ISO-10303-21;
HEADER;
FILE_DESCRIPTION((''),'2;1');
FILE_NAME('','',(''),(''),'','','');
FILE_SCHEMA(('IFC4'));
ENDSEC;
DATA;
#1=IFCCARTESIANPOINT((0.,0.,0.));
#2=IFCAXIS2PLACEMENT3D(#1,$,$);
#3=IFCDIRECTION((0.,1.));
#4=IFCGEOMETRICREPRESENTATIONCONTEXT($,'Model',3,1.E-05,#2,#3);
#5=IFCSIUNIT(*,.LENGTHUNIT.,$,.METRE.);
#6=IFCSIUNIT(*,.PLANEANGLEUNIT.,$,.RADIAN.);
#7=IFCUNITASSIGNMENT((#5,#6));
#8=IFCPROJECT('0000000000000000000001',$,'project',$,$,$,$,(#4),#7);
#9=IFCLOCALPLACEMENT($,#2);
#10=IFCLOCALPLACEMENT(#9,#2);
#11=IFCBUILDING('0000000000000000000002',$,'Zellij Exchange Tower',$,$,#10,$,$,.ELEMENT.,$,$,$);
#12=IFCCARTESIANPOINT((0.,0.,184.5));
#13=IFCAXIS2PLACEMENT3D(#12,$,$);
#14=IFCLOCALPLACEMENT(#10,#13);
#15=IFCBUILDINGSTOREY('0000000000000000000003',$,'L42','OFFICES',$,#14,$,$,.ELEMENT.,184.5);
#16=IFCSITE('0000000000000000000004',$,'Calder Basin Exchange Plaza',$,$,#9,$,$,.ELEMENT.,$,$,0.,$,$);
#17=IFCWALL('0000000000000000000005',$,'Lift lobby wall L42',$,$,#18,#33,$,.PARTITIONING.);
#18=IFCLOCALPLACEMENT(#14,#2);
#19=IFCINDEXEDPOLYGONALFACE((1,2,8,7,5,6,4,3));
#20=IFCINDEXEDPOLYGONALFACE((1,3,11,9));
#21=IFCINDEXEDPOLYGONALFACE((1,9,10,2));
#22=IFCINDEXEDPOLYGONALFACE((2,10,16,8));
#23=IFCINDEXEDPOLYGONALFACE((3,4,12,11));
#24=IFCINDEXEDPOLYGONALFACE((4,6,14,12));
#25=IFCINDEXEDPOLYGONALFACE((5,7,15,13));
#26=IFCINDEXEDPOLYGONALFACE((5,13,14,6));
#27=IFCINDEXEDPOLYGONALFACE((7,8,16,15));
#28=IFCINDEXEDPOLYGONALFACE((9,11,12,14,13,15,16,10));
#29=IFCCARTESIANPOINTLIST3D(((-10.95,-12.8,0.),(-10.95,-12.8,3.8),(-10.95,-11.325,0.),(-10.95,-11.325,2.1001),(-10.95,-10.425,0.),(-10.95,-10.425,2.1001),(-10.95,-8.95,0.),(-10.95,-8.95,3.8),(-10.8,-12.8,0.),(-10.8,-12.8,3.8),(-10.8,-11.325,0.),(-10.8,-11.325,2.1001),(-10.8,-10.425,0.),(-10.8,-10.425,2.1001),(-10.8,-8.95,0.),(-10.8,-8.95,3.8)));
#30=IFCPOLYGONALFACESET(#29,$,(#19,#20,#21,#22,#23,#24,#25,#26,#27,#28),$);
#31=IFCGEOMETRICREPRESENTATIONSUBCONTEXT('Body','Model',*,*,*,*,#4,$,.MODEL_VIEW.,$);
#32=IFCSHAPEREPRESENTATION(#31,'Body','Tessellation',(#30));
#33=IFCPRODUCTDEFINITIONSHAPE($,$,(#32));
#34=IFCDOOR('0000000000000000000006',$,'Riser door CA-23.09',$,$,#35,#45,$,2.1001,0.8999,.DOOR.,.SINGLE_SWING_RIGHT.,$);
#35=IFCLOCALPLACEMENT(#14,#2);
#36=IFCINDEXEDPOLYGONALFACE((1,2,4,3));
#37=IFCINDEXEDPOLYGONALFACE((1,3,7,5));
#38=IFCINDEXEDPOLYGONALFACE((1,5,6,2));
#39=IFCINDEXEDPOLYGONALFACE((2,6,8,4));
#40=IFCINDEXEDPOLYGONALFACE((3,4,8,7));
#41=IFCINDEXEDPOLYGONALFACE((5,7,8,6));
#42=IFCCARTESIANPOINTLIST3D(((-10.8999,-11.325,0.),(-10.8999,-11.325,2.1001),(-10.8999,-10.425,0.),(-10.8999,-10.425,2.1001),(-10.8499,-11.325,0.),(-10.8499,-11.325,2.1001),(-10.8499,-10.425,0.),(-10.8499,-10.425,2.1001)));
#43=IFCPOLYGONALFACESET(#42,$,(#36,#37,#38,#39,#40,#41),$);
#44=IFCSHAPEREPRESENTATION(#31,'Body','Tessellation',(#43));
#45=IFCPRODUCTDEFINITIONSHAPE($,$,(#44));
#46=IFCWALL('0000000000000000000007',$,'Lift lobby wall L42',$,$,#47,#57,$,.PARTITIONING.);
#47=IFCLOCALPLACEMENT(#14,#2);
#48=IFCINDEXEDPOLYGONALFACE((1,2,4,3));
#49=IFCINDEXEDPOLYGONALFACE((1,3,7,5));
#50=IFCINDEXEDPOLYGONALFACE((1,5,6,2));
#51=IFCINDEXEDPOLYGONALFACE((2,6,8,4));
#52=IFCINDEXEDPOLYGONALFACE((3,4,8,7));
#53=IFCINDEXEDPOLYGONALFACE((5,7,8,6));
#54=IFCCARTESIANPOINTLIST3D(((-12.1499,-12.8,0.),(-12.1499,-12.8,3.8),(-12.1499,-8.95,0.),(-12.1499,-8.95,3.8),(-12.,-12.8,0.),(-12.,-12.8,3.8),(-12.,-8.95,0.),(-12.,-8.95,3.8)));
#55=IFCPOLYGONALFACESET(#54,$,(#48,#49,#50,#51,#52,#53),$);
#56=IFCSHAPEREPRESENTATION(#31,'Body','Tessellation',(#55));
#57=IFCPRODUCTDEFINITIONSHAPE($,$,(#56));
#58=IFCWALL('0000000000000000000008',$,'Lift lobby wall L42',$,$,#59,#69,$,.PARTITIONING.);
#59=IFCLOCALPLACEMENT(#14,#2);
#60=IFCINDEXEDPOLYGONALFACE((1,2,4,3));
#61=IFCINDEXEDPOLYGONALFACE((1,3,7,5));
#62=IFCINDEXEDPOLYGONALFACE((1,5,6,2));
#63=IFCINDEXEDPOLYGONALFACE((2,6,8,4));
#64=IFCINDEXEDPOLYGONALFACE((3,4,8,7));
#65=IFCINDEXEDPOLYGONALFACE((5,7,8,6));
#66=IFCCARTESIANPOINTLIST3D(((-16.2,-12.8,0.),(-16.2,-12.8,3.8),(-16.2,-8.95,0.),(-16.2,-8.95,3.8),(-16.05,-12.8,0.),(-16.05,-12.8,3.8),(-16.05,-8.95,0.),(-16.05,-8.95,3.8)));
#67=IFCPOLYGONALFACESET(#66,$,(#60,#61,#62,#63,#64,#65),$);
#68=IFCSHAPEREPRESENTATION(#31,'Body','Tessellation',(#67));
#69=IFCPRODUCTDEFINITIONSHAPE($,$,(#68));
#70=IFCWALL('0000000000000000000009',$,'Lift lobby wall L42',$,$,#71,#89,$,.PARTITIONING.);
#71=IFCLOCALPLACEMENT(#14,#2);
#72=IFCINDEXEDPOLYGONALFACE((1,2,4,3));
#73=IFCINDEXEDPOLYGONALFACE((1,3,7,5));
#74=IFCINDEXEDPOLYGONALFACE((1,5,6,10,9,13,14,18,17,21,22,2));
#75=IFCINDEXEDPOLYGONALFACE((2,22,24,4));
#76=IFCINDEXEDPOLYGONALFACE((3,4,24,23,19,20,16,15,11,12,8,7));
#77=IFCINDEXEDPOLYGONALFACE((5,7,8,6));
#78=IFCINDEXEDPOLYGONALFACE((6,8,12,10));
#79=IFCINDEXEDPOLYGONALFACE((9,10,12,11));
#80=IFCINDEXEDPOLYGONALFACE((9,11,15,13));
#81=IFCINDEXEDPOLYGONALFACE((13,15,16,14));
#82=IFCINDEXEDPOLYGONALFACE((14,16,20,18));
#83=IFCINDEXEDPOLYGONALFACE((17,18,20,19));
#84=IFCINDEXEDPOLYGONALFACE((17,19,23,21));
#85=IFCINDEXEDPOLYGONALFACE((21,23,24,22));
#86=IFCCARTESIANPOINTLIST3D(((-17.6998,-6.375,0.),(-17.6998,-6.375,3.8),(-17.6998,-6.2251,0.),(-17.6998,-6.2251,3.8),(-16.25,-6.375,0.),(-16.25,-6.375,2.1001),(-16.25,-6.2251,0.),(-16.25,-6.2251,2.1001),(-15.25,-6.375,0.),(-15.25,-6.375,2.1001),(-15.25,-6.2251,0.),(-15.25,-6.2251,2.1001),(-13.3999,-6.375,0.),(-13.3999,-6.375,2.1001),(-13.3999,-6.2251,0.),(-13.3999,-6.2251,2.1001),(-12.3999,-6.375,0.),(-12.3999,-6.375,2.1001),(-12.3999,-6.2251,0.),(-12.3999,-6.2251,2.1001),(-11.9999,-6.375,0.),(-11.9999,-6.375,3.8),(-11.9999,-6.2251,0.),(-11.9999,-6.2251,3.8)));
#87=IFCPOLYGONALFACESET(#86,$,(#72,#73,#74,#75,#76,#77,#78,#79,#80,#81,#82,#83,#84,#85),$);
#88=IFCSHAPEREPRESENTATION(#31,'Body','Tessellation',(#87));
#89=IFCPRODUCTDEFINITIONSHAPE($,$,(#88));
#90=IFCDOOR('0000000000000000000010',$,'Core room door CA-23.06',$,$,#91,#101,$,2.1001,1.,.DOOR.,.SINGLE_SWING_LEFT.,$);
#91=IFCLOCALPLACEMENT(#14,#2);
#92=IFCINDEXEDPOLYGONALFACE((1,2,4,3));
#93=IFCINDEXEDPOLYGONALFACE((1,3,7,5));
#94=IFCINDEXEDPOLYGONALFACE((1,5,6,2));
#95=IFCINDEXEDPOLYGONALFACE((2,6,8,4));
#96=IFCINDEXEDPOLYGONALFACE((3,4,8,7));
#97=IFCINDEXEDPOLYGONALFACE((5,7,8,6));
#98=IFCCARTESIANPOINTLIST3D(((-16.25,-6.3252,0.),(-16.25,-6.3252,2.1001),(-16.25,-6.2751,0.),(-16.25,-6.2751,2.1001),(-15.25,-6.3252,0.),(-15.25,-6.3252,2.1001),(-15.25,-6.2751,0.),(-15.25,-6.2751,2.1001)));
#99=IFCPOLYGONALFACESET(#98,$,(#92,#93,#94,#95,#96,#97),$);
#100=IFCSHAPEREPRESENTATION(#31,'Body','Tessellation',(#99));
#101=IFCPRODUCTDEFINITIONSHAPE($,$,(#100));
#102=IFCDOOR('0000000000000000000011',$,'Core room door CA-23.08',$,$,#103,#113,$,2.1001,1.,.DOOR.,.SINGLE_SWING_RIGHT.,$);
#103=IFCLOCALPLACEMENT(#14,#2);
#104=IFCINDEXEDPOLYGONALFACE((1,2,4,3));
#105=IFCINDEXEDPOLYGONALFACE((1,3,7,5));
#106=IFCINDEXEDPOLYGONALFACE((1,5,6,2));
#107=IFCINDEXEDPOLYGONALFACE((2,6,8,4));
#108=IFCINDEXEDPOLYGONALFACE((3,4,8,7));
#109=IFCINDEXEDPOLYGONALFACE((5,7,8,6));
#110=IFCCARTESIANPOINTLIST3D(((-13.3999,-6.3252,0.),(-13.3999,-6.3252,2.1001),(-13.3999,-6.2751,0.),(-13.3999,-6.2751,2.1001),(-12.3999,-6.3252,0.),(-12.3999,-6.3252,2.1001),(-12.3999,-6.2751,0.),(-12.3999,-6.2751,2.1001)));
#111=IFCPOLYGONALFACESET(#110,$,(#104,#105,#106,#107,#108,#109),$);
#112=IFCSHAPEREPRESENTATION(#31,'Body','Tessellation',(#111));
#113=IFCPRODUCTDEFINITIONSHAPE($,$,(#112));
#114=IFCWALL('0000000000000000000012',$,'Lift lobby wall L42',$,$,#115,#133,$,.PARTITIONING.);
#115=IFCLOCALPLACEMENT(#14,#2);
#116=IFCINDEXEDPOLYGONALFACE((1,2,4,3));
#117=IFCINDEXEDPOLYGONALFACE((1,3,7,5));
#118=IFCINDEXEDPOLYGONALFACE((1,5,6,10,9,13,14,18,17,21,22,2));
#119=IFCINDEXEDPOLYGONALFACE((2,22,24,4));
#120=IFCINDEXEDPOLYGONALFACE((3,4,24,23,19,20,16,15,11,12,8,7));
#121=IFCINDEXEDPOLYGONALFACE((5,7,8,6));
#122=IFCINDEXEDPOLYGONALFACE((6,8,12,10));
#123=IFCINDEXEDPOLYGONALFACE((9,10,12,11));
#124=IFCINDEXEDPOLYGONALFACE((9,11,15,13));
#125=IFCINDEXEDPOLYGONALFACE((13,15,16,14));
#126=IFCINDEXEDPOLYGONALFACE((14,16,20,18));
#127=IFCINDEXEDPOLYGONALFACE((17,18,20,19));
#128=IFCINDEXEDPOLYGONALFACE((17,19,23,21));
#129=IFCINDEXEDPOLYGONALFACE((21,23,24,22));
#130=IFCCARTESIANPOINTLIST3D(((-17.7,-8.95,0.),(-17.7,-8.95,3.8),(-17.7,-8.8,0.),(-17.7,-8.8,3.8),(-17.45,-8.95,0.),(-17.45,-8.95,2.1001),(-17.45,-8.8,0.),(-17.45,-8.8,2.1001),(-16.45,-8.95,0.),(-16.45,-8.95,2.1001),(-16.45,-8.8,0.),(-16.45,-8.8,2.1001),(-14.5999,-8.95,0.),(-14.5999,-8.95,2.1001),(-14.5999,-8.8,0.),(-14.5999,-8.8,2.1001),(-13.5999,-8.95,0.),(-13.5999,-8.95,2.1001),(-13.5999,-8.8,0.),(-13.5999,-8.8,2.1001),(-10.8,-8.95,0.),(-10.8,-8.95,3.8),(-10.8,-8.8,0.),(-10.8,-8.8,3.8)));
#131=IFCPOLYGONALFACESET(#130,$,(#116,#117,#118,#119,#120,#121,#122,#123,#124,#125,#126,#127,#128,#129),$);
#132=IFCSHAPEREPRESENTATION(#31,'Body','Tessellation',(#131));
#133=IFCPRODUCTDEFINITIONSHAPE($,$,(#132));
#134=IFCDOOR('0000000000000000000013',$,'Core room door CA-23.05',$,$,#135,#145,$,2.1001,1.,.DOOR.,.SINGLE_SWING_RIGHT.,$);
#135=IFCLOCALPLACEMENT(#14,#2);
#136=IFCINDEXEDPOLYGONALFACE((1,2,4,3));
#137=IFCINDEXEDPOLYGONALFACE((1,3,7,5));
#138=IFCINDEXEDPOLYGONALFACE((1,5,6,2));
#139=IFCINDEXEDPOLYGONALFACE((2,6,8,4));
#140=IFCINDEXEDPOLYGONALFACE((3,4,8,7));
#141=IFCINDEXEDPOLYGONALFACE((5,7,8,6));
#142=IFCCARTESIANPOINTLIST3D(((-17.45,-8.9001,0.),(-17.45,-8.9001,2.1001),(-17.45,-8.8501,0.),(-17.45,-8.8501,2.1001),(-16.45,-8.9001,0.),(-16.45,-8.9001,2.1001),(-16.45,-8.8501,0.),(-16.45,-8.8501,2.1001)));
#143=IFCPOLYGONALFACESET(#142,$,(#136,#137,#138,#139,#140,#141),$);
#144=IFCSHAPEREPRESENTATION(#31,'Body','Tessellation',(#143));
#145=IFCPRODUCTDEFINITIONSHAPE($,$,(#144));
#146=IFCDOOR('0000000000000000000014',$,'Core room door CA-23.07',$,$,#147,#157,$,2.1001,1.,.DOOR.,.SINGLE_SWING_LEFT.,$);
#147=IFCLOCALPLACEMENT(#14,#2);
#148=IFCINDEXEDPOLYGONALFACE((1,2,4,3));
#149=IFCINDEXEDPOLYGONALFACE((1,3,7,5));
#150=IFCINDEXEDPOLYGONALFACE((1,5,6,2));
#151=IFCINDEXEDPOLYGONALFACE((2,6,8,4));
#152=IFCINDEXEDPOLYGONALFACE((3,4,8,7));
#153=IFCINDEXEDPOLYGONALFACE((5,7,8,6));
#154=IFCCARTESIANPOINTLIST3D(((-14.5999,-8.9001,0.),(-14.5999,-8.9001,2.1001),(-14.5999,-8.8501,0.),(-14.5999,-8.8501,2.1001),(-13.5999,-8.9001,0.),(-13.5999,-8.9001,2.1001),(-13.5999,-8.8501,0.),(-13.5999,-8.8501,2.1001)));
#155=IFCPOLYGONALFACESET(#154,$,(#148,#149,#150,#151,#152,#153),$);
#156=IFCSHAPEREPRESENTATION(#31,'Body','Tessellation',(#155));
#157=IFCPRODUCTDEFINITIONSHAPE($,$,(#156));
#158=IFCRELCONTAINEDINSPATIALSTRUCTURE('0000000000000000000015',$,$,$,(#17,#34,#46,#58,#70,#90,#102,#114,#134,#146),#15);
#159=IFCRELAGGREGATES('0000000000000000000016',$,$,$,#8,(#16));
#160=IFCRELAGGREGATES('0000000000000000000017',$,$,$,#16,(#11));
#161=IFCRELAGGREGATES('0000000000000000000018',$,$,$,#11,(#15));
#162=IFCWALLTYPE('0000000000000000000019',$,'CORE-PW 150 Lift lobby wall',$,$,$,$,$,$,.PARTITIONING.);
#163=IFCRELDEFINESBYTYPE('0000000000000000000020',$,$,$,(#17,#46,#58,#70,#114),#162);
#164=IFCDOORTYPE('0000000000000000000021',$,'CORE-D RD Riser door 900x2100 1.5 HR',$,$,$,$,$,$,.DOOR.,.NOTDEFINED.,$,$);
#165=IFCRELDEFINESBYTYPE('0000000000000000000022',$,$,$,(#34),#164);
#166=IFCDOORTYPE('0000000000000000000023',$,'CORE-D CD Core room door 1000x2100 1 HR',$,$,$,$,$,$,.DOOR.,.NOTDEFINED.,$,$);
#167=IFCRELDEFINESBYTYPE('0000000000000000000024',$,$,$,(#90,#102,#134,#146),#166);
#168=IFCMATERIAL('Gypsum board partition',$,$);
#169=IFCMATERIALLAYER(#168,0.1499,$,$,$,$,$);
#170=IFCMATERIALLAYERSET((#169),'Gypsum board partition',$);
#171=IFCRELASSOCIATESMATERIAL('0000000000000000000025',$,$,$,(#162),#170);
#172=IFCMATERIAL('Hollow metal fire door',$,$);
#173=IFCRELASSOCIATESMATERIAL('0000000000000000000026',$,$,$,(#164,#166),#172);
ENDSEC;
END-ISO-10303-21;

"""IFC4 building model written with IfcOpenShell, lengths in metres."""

from ifc_helpers import new_model, si_unit, direction, frame, frame_2d, origin, place, context, subcontext, project, spatial, rectangle, extrude, material, layer, layer_set, type_object, element, fill, save


model = new_model("IFC4")

# Units and contexts
model_context = context("Model", 3, precision=1e-05, world=origin(), true_north=direction((0.0, 1.0)))
body_context = subcontext(model_context, "Body", "Model", "MODEL_VIEW")
ifc_project = project(units=[si_unit("LENGTHUNIT", "METRE"), si_unit("PLANEANGLEUNIT", "RADIAN")], contexts=[model_context])

# Site, building, storey
site_placement = place(None, origin())
site = spatial("IfcSite", under=ifc_project, at=site_placement, Name="Calder Basin Exchange Plaza", CompositionType="ELEMENT", RefElevation=0.0)
building_placement = place(site_placement, origin())
building = spatial("IfcBuilding", under=site, at=building_placement, Name="Zellij Exchange Tower", CompositionType="ELEMENT")
storey_placement = place(building_placement, frame((0.0, 0.0, 184.5)))
storey = spatial("IfcBuildingStorey", under=building, at=storey_placement, Name="L42", Description="OFFICES", CompositionType="ELEMENT", Elevation=184.5)

# Shared definitions
ifc_material_1 = material(Name="Hollow metal fire door")

# Shared definitions
ifc_material_2 = material(Name="Gypsum board partition")
ifc_layer_1 = layer(ifc_material_2, 0.1499)
ifc_layer_set_1 = layer_set([ifc_layer_1], Name="Gypsum board partition")
wall_type_1 = type_object("IfcWallType", Name="CORE-PW 150 Lift lobby wall", PredefinedType="PARTITIONING", material=ifc_layer_set_1)

# Wall, opening, door
wall_1_placement = place(storey_placement, frame((-10.875, -12.8, 0.0), z_axis=(0.0, 0.0, 1.0), x_axis=(0.0, 1.0, 0.0)))
wall_1 = element("IfcWall", 1, at=wall_1_placement, inside=storey, type_object=wall_type_1, Name="Lift lobby wall L42", PredefinedType="PARTITIONING", context=body_context, shape_type="SweptSolid", body=[
    extrude(rectangle(XDim=3.8501, YDim=0.1499, at=frame_2d((1.925, 0.0))), origin(), (0.0, 0.0, 1.0), 3.8),
])
opening_1_placement = place(wall_1_placement, frame((1.4751, 0.0, 0.0)))
opening_1 = element("IfcOpeningElement", 2, at=opening_1_placement, cuts=wall_1, PredefinedType="OPENING", context=body_context, shape_type="SweptSolid", body=[
    extrude(rectangle(XDim=0.8999, YDim=2.1001, at=frame_2d((0.45, 1.05))), frame((0.0, 0.0869, 0.0), z_axis=(0.0, -1.0, 0.0), x_axis=(1.0, 0.0, 0.0)), (0.0, 0.0, 1.0), 0.1738),
])
door_type_1 = type_object("IfcDoorType", Name="CORE-D RD Riser door 900x2100 1.5 HR", OperationType="NOTDEFINED", PredefinedType="DOOR", material=ifc_material_1)
door_1_placement = place(opening_1_placement, origin())
door_1 = element("IfcDoor", 3, at=door_1_placement, inside=storey, type_object=door_type_1, Name="Riser door CA-23.09", OperationType="SINGLE_SWING_RIGHT", OverallHeight=2.1001, OverallWidth=0.8999, PredefinedType="DOOR", context=body_context, shape_type="SweptSolid", body=[
    extrude(rectangle(XDim=0.8999, YDim=2.1001, at=frame_2d((0.45, 1.05))), frame((0.0, 0.0249, 0.0), z_axis=(0.0, -1.0, 0.0), x_axis=(1.0, 0.0, 0.0)), (0.0, 0.0, 1.0), 0.05),
])
fill(opening_1, door_1)

# Walls
for number, where, z_axis, x_axis, name in (
    (4, (-12.075, -12.8, 0.0), (0.0, 0.0, 1.0), (0.0, 1.0, 0.0), "Lift lobby wall L42"),
    (5, (-16.125, -12.8, 0.0), (0.0, 0.0, 1.0), (0.0, 1.0, 0.0), "Lift lobby wall L42"),
):
    element("IfcWall", number, at=place(storey_placement, frame(where, z_axis=z_axis, x_axis=x_axis)), inside=storey, type_object=wall_type_1, Name=name, PredefinedType="PARTITIONING", context=body_context, shape_type="SweptSolid", body=[
        extrude(rectangle(XDim=3.8501, YDim=0.1499, at=frame_2d((1.925, 0.0))), origin(), (0.0, 0.0, 1.0), 3.8),
    ])

# Walls, openings, doors
wall_2_placement = place(storey_placement, frame((-17.7, -6.3, 0.0), z_axis=(0.0, 0.0, 1.0), x_axis=(1.0, 0.0, 0.0)))
wall_2 = element("IfcWall", 6, at=wall_2_placement, inside=storey, type_object=wall_type_1, Name="Lift lobby wall L42", PredefinedType="PARTITIONING", context=body_context, shape_type="SweptSolid", body=[
    extrude(rectangle(XDim=5.7, YDim=0.1499, at=frame_2d((2.8501, 0.0))), origin(), (0.0, 0.0, 1.0), 3.8),
])
opening_2_placement = place(wall_2_placement, frame((1.45, 0.0, 0.0)))
opening_2 = element("IfcOpeningElement", 7, at=opening_2_placement, cuts=wall_2, PredefinedType="OPENING", context=body_context, shape_type="SweptSolid", body=[
    extrude(rectangle(XDim=1.0, YDim=2.1001, at=frame_2d((0.5, 1.05))), frame((0.0, 0.0869, 0.0), z_axis=(0.0, -1.0, 0.0), x_axis=(1.0, 0.0, 0.0)), (0.0, 0.0, 1.0), 0.1738),
])
opening_3_placement = place(wall_2_placement, frame((4.3, 0.0, 0.0)))
opening_3 = element("IfcOpeningElement", 8, at=opening_3_placement, cuts=wall_2, PredefinedType="OPENING", context=body_context, shape_type="SweptSolid", body=[
    extrude(rectangle(XDim=1.0, YDim=2.1001, at=frame_2d((0.5, 1.05))), frame((0.0, 0.0869, 0.0), z_axis=(0.0, -1.0, 0.0), x_axis=(1.0, 0.0, 0.0)), (0.0, 0.0, 1.0), 0.1738),
])
door_type_2 = type_object("IfcDoorType", Name="CORE-D CD Core room door 1000x2100 1 HR", OperationType="NOTDEFINED", PredefinedType="DOOR", material=ifc_material_1)
door_2_placement = place(opening_2_placement, origin())
door_2 = element("IfcDoor", 9, at=door_2_placement, inside=storey, type_object=door_type_2, Name="Core room door CA-23.06", OperationType="SINGLE_SWING_LEFT", OverallHeight=2.1001, OverallWidth=1.0, PredefinedType="DOOR", context=body_context, shape_type="SweptSolid", body=[
    extrude(rectangle(XDim=1.0, YDim=2.1001, at=frame_2d((0.5, 1.05))), frame((0.0, 0.0249, 0.0), z_axis=(0.0, -1.0, 0.0), x_axis=(1.0, 0.0, 0.0)), (0.0, 0.0, 1.0), 0.05),
])
fill(opening_2, door_2)
door_3_placement = place(opening_3_placement, origin())
door_3 = element("IfcDoor", 10, at=door_3_placement, inside=storey, type_object=door_type_2, Name="Core room door CA-23.08", OperationType="SINGLE_SWING_RIGHT", OverallHeight=2.1001, OverallWidth=1.0, PredefinedType="DOOR", context=body_context, shape_type="SweptSolid", body=[
    extrude(rectangle(XDim=1.0, YDim=2.1001, at=frame_2d((0.5, 1.05))), frame((0.0, 0.0249, 0.0), z_axis=(0.0, -1.0, 0.0), x_axis=(1.0, 0.0, 0.0)), (0.0, 0.0, 1.0), 0.05),
])
fill(opening_3, door_3)
wall_3_placement = place(storey_placement, frame((-17.7, -8.875, 0.0), z_axis=(0.0, 0.0, 1.0), x_axis=(1.0, 0.0, 0.0)))
wall_3 = element("IfcWall", 11, at=wall_3_placement, inside=storey, type_object=wall_type_1, Name="Lift lobby wall L42", PredefinedType="PARTITIONING", context=body_context, shape_type="SweptSolid", body=[
    extrude(rectangle(XDim=6.8999, YDim=0.1499, at=frame_2d((3.45, 0.0))), origin(), (0.0, 0.0, 1.0), 3.8),
])
opening_4_placement = place(wall_3_placement, frame((0.25, 0.0, 0.0)))
opening_4 = element("IfcOpeningElement", 12, at=opening_4_placement, cuts=wall_3, PredefinedType="OPENING", context=body_context, shape_type="SweptSolid", body=[
    extrude(rectangle(XDim=1.0, YDim=2.1001, at=frame_2d((0.5, 1.05))), frame((0.0, 0.0869, 0.0), z_axis=(0.0, -1.0, 0.0), x_axis=(1.0, 0.0, 0.0)), (0.0, 0.0, 1.0), 0.1738),
])
opening_5_placement = place(wall_3_placement, frame((3.1001, 0.0, 0.0)))
opening_5 = element("IfcOpeningElement", 13, at=opening_5_placement, cuts=wall_3, PredefinedType="OPENING", context=body_context, shape_type="SweptSolid", body=[
    extrude(rectangle(XDim=1.0, YDim=2.1001, at=frame_2d((0.5, 1.05))), frame((0.0, 0.0869, 0.0), z_axis=(0.0, -1.0, 0.0), x_axis=(1.0, 0.0, 0.0)), (0.0, 0.0, 1.0), 0.1738),
])
door_4_placement = place(opening_4_placement, origin())
door_4 = element("IfcDoor", 14, at=door_4_placement, inside=storey, type_object=door_type_2, Name="Core room door CA-23.05", OperationType="SINGLE_SWING_RIGHT", OverallHeight=2.1001, OverallWidth=1.0, PredefinedType="DOOR", context=body_context, shape_type="SweptSolid", body=[
    extrude(rectangle(XDim=1.0, YDim=2.1001, at=frame_2d((0.5, 1.05))), frame((0.0, 0.0249, 0.0), z_axis=(0.0, -1.0, 0.0), x_axis=(1.0, 0.0, 0.0)), (0.0, 0.0, 1.0), 0.05),
])
fill(opening_4, door_4)
door_5_placement = place(opening_5_placement, origin())
door_5 = element("IfcDoor", 15, at=door_5_placement, inside=storey, type_object=door_type_2, Name="Core room door CA-23.07", OperationType="SINGLE_SWING_LEFT", OverallHeight=2.1001, OverallWidth=1.0, PredefinedType="DOOR", context=body_context, shape_type="SweptSolid", body=[
    extrude(rectangle(XDim=1.0, YDim=2.1001, at=frame_2d((0.5, 1.05))), frame((0.0, 0.0249, 0.0), z_axis=(0.0, -1.0, 0.0), x_axis=(1.0, 0.0, 0.0)), (0.0, 0.0, 1.0), 0.05),
])
fill(opening_5, door_5)

save(model, "model.ifc")
